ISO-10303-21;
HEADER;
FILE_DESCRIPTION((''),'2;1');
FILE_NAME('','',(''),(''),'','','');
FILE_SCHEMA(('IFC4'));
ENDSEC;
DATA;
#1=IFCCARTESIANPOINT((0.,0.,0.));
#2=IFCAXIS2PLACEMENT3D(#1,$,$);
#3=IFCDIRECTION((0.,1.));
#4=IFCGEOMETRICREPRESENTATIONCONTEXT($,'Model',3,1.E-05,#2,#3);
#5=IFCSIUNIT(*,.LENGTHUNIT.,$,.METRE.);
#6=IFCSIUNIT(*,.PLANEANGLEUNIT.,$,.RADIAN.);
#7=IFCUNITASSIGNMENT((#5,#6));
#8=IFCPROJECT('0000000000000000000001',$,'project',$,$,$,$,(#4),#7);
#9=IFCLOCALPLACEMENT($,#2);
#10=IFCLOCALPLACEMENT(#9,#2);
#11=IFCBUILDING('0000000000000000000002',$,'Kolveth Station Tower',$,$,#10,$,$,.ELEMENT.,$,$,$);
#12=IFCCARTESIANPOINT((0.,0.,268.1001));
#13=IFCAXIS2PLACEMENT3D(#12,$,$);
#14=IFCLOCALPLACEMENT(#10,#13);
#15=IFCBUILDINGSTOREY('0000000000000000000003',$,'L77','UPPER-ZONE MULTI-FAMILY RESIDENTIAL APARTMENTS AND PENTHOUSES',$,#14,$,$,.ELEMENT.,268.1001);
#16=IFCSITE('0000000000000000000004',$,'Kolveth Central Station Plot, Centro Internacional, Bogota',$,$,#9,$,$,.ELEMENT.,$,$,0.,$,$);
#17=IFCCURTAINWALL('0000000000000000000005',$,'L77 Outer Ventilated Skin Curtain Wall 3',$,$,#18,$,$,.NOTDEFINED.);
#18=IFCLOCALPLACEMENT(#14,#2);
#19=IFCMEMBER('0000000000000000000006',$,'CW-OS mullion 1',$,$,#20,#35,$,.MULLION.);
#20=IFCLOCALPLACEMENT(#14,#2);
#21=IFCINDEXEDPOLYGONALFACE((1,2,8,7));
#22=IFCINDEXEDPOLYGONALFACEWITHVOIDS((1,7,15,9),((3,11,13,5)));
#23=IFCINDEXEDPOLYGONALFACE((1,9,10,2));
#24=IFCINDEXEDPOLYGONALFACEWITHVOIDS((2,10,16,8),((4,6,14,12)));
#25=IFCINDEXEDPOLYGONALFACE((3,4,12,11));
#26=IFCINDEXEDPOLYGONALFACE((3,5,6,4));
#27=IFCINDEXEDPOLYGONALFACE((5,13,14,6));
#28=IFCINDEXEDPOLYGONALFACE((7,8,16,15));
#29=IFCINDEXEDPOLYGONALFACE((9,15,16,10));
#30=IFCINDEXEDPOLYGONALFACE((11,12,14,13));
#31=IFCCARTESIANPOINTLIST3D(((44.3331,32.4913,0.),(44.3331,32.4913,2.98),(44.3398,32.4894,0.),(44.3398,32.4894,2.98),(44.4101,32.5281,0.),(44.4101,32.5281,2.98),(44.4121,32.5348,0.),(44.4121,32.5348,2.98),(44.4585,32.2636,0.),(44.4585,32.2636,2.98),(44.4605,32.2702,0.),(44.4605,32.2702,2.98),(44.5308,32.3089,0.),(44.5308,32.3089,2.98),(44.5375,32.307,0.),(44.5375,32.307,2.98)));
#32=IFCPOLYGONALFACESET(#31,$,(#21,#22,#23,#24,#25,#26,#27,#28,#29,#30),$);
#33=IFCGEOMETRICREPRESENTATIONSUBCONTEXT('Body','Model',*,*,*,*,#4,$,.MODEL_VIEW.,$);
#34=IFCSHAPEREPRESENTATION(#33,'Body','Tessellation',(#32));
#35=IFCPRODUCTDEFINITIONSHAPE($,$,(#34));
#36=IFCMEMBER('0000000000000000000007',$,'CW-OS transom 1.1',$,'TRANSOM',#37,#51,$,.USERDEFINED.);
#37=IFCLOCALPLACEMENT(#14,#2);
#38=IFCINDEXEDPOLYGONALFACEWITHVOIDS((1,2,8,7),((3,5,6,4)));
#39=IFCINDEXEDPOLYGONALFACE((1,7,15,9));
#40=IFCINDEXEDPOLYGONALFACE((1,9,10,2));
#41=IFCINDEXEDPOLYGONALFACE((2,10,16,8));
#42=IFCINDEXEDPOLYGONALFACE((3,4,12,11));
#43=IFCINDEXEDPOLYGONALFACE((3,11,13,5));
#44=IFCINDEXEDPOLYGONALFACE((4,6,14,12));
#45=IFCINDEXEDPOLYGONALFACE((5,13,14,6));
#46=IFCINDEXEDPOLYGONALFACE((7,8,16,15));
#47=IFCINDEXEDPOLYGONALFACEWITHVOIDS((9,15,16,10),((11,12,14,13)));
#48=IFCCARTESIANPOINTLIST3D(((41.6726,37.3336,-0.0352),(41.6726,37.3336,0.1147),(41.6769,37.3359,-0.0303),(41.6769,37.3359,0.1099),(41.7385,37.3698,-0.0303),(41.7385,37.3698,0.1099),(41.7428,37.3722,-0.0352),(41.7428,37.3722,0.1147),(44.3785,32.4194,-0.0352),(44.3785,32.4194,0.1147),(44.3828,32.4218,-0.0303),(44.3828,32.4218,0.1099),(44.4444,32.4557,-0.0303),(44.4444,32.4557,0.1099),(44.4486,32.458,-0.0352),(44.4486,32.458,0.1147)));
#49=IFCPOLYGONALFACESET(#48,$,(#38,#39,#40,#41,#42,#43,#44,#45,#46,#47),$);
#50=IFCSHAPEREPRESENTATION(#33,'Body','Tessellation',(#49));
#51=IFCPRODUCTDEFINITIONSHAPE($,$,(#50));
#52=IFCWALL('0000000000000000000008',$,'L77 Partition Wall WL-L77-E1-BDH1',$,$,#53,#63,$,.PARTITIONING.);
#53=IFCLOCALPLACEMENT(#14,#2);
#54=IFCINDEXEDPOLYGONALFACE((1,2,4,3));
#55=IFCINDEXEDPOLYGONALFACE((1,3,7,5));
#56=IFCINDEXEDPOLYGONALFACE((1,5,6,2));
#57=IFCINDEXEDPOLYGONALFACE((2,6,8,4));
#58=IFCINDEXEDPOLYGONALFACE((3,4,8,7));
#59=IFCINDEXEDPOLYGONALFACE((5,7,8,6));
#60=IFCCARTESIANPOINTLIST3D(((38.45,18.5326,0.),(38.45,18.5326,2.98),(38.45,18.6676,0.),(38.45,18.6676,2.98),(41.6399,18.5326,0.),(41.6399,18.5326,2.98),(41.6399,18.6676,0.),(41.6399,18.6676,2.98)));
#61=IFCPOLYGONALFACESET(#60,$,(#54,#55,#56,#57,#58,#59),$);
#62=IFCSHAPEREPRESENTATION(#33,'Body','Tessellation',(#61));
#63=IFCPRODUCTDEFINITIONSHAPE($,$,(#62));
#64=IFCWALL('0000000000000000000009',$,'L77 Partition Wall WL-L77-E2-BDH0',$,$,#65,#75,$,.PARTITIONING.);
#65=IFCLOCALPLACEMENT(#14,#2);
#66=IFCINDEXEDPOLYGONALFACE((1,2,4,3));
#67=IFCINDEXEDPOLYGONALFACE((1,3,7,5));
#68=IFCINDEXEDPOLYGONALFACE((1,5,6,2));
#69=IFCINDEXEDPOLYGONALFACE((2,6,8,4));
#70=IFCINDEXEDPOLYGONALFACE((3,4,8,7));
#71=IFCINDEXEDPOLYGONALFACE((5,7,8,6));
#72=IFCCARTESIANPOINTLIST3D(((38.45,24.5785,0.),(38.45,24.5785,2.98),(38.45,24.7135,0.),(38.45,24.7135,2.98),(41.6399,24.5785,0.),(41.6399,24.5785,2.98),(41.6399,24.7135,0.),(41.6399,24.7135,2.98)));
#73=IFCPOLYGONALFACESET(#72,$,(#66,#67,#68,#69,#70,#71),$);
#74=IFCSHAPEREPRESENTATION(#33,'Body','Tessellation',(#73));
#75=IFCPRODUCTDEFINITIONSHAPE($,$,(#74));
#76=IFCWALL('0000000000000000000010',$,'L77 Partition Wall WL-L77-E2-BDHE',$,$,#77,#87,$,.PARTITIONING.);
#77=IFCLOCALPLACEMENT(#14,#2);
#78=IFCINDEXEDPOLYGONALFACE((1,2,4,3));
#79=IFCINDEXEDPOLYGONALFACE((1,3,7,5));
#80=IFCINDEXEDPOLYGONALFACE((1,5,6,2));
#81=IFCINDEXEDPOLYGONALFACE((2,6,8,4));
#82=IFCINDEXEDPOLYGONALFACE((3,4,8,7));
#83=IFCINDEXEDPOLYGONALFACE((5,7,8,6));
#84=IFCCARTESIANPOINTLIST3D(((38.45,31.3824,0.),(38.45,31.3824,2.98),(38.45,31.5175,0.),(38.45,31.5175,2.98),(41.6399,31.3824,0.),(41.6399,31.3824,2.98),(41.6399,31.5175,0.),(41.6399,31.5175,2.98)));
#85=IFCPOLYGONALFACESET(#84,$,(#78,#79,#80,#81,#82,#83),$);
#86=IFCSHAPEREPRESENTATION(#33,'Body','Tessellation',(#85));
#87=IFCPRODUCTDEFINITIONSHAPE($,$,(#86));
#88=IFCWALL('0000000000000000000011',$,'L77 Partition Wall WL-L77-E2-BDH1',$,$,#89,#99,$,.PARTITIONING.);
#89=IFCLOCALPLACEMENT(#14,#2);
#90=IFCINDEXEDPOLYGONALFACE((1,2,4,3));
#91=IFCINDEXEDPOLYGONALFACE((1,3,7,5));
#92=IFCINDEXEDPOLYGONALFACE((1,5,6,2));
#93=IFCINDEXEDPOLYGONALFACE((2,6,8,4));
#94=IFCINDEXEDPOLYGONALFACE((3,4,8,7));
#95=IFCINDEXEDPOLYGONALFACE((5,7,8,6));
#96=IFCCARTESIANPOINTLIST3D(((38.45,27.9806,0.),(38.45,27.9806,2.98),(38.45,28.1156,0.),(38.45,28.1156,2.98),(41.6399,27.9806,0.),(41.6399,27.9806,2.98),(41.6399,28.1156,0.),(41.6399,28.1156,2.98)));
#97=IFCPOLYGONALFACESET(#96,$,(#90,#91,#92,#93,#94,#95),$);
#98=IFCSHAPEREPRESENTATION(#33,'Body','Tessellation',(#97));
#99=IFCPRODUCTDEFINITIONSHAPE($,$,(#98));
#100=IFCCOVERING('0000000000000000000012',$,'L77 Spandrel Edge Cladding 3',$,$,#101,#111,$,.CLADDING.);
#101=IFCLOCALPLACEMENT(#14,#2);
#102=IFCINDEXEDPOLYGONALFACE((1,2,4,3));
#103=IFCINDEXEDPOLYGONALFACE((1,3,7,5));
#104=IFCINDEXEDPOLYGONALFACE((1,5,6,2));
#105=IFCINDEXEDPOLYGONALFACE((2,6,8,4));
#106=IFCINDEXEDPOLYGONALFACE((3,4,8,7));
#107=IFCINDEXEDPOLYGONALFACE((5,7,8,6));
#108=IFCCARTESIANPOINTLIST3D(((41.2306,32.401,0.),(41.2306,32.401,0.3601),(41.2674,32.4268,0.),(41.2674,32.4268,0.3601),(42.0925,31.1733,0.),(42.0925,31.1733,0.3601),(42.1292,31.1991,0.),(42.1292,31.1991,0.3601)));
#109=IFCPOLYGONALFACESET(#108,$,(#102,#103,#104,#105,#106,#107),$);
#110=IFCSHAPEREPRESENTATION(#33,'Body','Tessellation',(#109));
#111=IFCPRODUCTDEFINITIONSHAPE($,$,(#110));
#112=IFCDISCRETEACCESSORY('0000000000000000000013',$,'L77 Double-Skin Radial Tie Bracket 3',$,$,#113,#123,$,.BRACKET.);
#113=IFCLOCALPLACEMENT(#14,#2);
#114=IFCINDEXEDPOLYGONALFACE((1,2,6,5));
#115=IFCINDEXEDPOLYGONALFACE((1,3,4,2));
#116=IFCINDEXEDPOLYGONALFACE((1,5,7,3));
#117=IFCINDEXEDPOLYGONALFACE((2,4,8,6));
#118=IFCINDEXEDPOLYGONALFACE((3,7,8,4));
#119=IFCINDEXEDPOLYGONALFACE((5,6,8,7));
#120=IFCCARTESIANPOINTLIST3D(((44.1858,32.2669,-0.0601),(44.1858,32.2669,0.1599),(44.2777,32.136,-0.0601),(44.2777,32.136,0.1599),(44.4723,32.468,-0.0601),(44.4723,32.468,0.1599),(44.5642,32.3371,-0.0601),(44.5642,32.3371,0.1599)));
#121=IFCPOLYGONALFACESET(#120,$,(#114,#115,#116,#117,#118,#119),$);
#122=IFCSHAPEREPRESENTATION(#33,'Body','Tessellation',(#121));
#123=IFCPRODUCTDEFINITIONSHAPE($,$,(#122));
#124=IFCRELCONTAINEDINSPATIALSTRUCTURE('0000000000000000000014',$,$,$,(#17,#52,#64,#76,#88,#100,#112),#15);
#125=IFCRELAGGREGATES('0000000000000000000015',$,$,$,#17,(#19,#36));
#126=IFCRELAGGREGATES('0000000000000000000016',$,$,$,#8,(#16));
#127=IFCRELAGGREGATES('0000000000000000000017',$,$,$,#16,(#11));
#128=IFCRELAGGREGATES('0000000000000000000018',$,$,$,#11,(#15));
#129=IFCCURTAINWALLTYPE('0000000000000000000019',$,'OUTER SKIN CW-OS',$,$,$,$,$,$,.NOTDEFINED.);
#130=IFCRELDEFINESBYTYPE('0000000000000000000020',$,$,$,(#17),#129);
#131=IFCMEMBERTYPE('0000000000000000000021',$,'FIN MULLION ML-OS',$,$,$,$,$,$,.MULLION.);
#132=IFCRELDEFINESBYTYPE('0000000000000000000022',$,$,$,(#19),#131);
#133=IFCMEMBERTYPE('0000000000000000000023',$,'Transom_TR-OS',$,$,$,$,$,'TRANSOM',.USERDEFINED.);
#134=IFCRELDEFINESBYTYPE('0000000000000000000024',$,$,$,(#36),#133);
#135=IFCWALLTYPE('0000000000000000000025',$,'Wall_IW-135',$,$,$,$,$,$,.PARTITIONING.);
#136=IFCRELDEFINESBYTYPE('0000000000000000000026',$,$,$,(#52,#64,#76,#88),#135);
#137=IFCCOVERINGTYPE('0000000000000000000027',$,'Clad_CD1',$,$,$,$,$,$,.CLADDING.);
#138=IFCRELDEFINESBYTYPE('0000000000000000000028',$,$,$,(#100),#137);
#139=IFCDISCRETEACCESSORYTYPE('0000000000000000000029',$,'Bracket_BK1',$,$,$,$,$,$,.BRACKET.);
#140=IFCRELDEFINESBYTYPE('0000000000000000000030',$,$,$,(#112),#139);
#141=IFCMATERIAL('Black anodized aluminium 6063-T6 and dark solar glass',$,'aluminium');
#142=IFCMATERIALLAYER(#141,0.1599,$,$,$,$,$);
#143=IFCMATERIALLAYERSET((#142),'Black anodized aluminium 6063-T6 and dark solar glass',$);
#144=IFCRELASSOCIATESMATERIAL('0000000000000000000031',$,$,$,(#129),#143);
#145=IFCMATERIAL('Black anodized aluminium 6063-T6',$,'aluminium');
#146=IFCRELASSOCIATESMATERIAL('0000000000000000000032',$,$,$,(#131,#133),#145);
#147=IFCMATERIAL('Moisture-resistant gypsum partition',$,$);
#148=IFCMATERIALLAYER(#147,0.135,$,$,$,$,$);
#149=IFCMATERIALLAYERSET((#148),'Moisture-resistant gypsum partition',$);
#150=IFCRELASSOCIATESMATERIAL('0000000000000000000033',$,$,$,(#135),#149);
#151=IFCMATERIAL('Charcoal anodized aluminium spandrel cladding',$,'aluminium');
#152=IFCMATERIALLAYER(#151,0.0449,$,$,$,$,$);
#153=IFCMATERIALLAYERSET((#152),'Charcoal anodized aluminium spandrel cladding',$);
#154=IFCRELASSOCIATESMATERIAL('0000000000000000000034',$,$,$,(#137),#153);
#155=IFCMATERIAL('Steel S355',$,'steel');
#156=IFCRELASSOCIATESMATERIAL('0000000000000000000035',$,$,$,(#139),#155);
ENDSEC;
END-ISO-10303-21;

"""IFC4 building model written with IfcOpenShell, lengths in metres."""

from ifc_helpers import new_model, si_unit, direction, frame, frame_2d, origin, origin_2d, place, context, subcontext, project, spatial, rectangle, hollow_rectangle, extrude, source, transform, mapped, material, layer, layer_set, material_profile, profile_set, type_object, element, aggregate, save


model = new_model("IFC4")

# Units and contexts
model_context = context("Model", 3, precision=1e-05, world=origin(), true_north=direction((0.0, 1.0)))
body_context = subcontext(model_context, "Body", "Model", "MODEL_VIEW")
ifc_project = project(units=[si_unit("LENGTHUNIT", "METRE"), si_unit("PLANEANGLEUNIT", "RADIAN")], contexts=[model_context])

# Site, building, storey
site_placement = place(None, origin())
site = spatial("IfcSite", under=ifc_project, at=site_placement, Name="Kolveth Central Station Plot, Centro Internacional, Bogota", CompositionType="ELEMENT", RefElevation=0.0)
building_placement = place(site_placement, origin())
building = spatial("IfcBuilding", under=site, at=building_placement, Name="Kolveth Station Tower", CompositionType="ELEMENT")
storey_placement = place(building_placement, frame((0.0, 0.0, 268.1001)))
storey = spatial("IfcBuildingStorey", under=building, at=storey_placement, Name="L77", Description="UPPER-ZONE MULTI-FAMILY RESIDENTIAL APARTMENTS AND PENTHOUSES", CompositionType="ELEMENT", Elevation=268.1001)

# Shared definitions
ifc_material_1 = material(Name="Steel S355", Category="steel")

# Shared definitions
ifc_material_2 = material(Name="Black anodized aluminium 6063-T6", Category="aluminium")

# Shared definitions
ifc_material_3 = material(Name="Black anodized aluminium 6063-T6 and dark solar glass", Category="aluminium")
ifc_layer_1 = layer(ifc_material_3, 0.1599)
ifc_layer_set_1 = layer_set([ifc_layer_1], Name="Black anodized aluminium 6063-T6 and dark solar glass")
curtain_wall_type_1 = type_object("IfcCurtainWallType", Name="OUTER SKIN CW-OS", PredefinedType="NOTDEFINED", material=ifc_layer_set_1)
ifc_material_profile_1 = material_profile(ifc_material_2, hollow_rectangle(XDim=0.0901, YDim=0.26, WallThickness=0.0049, at=origin_2d()), Name="ALU-90x260x5")
ifc_profile_set_1 = profile_set([ifc_material_profile_1], Name="Black anodized aluminium 6063-T6")
member_type_1 = type_object("IfcMemberType", Name="FIN MULLION ML-OS", PredefinedType="MULLION", material=ifc_profile_set_1)
shared_shape_1 = source(origin(), body_context, "Body", "SweptSolid", [
    extrude(hollow_rectangle(XDim=0.0901, YDim=0.26, WallThickness=0.0049, at=origin_2d()), origin(), (0.0, 0.0, 1.0), 2.98),
])

# Curtain wall, members
curtain_wall_1_placement = place(storey_placement, origin())
curtain_wall_1 = element("IfcCurtainWall", 1, at=curtain_wall_1_placement, inside=storey, type_object=curtain_wall_type_1, Name="L77 Outer Ventilated Skin Curtain Wall 3", PredefinedType="NOTDEFINED")
member_1_placement = place(storey_placement, frame((44.4353, 32.3992, 0.0), z_axis=(0.0, 0.0, 1.0), x_axis=(-0.875996, -0.482318, 0.0)))
member_1 = element("IfcMember", 2, at=member_1_placement, type_object=member_type_1, Name="CW-OS mullion 1", PredefinedType="MULLION", context=body_context, shape_type="MappedRepresentation", body=[
    mapped(shared_shape_1, transform((0.0, 0.0, 0.0), x_axis=(1.0, 0.0, 0.0), y_axis=(0.0, 1.0, 0.0), z_axis=(0.0, 0.0, 1.0), scale=1.0)),
])
ifc_material_profile_2 = material_profile(ifc_material_2, hollow_rectangle(XDim=0.0801, YDim=0.1499, WallThickness=0.0049, at=origin_2d()), Name="ALU-80x150x5")
ifc_profile_set_2 = profile_set([ifc_material_profile_2], Name="Black anodized aluminium 6063-T6")
member_type_2 = type_object("IfcMemberType", Name="Transom_TR-OS", ElementType="TRANSOM", PredefinedType="USERDEFINED", material=ifc_profile_set_2)
shared_shape_2 = source(origin(), body_context, "Body", "SweptSolid", [
    extrude(hollow_rectangle(XDim=0.0801, YDim=0.1499, WallThickness=0.0049, at=origin_2d()), origin(), (0.0, 0.0, 1.0), 5.6099),
])
member_2_placement = place(storey_placement, frame((44.4136, 32.4387, 0.0398), z_axis=(-0.48234, 0.875984, 0.0), x_axis=(-0.875984, -0.48234, 0.0)))
member_2 = element("IfcMember", 3, at=member_2_placement, type_object=member_type_2, Name="CW-OS transom 1.1", ObjectType="TRANSOM", PredefinedType="USERDEFINED", context=body_context, shape_type="MappedRepresentation", body=[
    mapped(shared_shape_2, transform((0.0, 0.0, 0.0), x_axis=(1.0, 0.0, 0.0), y_axis=(0.0, 1.0, 0.0), z_axis=(0.0, 0.0, 1.0), scale=1.0)),
])
aggregate(curtain_wall_1, [member_1, member_2])

# Shared definitions
ifc_material_4 = material(Name="Moisture-resistant gypsum partition")
ifc_layer_2 = layer(ifc_material_4, 0.135)
ifc_layer_set_2 = layer_set([ifc_layer_2], Name="Moisture-resistant gypsum partition")
wall_type = type_object("IfcWallType", Name="Wall_IW-135", PredefinedType="PARTITIONING", material=ifc_layer_set_2)

# Walls
for number, where, z_axis, x_axis, name in (
    (4, (38.45, 18.6001, 0.0), (0.0, 0.0, 1.0), (1.0, 0.0, 0.0), "L77 Partition Wall WL-L77-E1-BDH1"),
    (5, (38.45, 24.646, 0.0), (0.0, 0.0, 1.0), (1.0, 0.0, 0.0), "L77 Partition Wall WL-L77-E2-BDH0"),
    (6, (38.45, 31.45, 0.0), (0.0, 0.0, 1.0), (1.0, 0.0, 0.0), "L77 Partition Wall WL-L77-E2-BDHE"),
):
    element("IfcWall", number, at=place(storey_placement, frame(where, z_axis=z_axis, x_axis=x_axis)), inside=storey, type_object=wall_type, Name=name, PredefinedType="PARTITIONING", context=body_context, shape_type="SweptSolid", body=[
        extrude(rectangle(XDim=3.1899, YDim=0.135, at=frame_2d((1.595, 0.0))), origin(), (0.0, 0.0, 1.0), 2.98),
    ])

# Wall
wall_1_placement = place(storey_placement, frame((38.45, 28.0481, 0.0), z_axis=(0.0, 0.0, 1.0), x_axis=(1.0, 0.0, 0.0)))
element("IfcWall", 7, at=wall_1_placement, inside=storey, type_object=wall_type, Name="L77 Partition Wall WL-L77-E2-BDH1", PredefinedType="PARTITIONING", context=body_context, shape_type="SweptSolid", body=[
    extrude(rectangle(XDim=3.1899, YDim=0.135, at=frame_2d((1.595, 0.0))), origin(), (0.0, 0.0, 1.0), 2.98),
])

# Covering
ifc_material_5 = material(Name="Charcoal anodized aluminium spandrel cladding", Category="aluminium")
ifc_layer_3 = layer(ifc_material_5, 0.0449)
ifc_layer_set_3 = layer_set([ifc_layer_3], Name="Charcoal anodized aluminium spandrel cladding")
covering_type = type_object("IfcCoveringType", Name="Clad_CD1", PredefinedType="CLADDING", material=ifc_layer_set_3)
shared_shape_3 = source(origin(), body_context, "Body", "SweptSolid", [
    extrude(rectangle(XDim=1.5, YDim=0.0449, at=origin_2d()), origin(), (0.0, 0.0, 1.0), 0.3601),
])
covering_placement = place(storey_placement, frame((41.6799, 31.8, 0.0), z_axis=(0.0, 0.0, 1.0), x_axis=(-0.574577, 0.818451, 0.0)))
element("IfcCovering", 8, at=covering_placement, inside=storey, type_object=covering_type, Name="L77 Spandrel Edge Cladding 3", PredefinedType="CLADDING", context=body_context, shape_type="MappedRepresentation", body=[
    mapped(shared_shape_3, transform((0.0, 0.0, 0.0), x_axis=(1.0, 0.0, 0.0), y_axis=(0.0, 1.0, 0.0), z_axis=(0.0, 0.0, 1.0), scale=1.0)),
])

# Discrete accessory
discrete_accessory_type = type_object("IfcDiscreteAccessoryType", Name="Bracket_BK1", PredefinedType="BRACKET", material=ifc_material_1)
shared_shape_4 = source(origin(), body_context, "Body", "SweptSolid", [
    extrude(rectangle(XDim=0.3501, YDim=0.1599, at=origin_2d()), origin(), (0.0, 0.0, 1.0), 0.22),
])
discrete_accessory_placement = place(storey_placement, frame((44.375, 32.302, -0.0601), z_axis=(0.0, 0.0, 1.0), x_axis=(0.818451, 0.574577, 0.0)))
element("IfcDiscreteAccessory", 9, at=discrete_accessory_placement, inside=storey, type_object=discrete_accessory_type, Name="L77 Double-Skin Radial Tie Bracket 3", PredefinedType="BRACKET", context=body_context, shape_type="MappedRepresentation", body=[
    mapped(shared_shape_4, transform((0.0, 0.0, 0.0), x_axis=(1.0, 0.0, 0.0), y_axis=(0.0, 1.0, 0.0), z_axis=(0.0, 0.0, 1.0), scale=1.0)),
])

save(model, "model.ifc")
